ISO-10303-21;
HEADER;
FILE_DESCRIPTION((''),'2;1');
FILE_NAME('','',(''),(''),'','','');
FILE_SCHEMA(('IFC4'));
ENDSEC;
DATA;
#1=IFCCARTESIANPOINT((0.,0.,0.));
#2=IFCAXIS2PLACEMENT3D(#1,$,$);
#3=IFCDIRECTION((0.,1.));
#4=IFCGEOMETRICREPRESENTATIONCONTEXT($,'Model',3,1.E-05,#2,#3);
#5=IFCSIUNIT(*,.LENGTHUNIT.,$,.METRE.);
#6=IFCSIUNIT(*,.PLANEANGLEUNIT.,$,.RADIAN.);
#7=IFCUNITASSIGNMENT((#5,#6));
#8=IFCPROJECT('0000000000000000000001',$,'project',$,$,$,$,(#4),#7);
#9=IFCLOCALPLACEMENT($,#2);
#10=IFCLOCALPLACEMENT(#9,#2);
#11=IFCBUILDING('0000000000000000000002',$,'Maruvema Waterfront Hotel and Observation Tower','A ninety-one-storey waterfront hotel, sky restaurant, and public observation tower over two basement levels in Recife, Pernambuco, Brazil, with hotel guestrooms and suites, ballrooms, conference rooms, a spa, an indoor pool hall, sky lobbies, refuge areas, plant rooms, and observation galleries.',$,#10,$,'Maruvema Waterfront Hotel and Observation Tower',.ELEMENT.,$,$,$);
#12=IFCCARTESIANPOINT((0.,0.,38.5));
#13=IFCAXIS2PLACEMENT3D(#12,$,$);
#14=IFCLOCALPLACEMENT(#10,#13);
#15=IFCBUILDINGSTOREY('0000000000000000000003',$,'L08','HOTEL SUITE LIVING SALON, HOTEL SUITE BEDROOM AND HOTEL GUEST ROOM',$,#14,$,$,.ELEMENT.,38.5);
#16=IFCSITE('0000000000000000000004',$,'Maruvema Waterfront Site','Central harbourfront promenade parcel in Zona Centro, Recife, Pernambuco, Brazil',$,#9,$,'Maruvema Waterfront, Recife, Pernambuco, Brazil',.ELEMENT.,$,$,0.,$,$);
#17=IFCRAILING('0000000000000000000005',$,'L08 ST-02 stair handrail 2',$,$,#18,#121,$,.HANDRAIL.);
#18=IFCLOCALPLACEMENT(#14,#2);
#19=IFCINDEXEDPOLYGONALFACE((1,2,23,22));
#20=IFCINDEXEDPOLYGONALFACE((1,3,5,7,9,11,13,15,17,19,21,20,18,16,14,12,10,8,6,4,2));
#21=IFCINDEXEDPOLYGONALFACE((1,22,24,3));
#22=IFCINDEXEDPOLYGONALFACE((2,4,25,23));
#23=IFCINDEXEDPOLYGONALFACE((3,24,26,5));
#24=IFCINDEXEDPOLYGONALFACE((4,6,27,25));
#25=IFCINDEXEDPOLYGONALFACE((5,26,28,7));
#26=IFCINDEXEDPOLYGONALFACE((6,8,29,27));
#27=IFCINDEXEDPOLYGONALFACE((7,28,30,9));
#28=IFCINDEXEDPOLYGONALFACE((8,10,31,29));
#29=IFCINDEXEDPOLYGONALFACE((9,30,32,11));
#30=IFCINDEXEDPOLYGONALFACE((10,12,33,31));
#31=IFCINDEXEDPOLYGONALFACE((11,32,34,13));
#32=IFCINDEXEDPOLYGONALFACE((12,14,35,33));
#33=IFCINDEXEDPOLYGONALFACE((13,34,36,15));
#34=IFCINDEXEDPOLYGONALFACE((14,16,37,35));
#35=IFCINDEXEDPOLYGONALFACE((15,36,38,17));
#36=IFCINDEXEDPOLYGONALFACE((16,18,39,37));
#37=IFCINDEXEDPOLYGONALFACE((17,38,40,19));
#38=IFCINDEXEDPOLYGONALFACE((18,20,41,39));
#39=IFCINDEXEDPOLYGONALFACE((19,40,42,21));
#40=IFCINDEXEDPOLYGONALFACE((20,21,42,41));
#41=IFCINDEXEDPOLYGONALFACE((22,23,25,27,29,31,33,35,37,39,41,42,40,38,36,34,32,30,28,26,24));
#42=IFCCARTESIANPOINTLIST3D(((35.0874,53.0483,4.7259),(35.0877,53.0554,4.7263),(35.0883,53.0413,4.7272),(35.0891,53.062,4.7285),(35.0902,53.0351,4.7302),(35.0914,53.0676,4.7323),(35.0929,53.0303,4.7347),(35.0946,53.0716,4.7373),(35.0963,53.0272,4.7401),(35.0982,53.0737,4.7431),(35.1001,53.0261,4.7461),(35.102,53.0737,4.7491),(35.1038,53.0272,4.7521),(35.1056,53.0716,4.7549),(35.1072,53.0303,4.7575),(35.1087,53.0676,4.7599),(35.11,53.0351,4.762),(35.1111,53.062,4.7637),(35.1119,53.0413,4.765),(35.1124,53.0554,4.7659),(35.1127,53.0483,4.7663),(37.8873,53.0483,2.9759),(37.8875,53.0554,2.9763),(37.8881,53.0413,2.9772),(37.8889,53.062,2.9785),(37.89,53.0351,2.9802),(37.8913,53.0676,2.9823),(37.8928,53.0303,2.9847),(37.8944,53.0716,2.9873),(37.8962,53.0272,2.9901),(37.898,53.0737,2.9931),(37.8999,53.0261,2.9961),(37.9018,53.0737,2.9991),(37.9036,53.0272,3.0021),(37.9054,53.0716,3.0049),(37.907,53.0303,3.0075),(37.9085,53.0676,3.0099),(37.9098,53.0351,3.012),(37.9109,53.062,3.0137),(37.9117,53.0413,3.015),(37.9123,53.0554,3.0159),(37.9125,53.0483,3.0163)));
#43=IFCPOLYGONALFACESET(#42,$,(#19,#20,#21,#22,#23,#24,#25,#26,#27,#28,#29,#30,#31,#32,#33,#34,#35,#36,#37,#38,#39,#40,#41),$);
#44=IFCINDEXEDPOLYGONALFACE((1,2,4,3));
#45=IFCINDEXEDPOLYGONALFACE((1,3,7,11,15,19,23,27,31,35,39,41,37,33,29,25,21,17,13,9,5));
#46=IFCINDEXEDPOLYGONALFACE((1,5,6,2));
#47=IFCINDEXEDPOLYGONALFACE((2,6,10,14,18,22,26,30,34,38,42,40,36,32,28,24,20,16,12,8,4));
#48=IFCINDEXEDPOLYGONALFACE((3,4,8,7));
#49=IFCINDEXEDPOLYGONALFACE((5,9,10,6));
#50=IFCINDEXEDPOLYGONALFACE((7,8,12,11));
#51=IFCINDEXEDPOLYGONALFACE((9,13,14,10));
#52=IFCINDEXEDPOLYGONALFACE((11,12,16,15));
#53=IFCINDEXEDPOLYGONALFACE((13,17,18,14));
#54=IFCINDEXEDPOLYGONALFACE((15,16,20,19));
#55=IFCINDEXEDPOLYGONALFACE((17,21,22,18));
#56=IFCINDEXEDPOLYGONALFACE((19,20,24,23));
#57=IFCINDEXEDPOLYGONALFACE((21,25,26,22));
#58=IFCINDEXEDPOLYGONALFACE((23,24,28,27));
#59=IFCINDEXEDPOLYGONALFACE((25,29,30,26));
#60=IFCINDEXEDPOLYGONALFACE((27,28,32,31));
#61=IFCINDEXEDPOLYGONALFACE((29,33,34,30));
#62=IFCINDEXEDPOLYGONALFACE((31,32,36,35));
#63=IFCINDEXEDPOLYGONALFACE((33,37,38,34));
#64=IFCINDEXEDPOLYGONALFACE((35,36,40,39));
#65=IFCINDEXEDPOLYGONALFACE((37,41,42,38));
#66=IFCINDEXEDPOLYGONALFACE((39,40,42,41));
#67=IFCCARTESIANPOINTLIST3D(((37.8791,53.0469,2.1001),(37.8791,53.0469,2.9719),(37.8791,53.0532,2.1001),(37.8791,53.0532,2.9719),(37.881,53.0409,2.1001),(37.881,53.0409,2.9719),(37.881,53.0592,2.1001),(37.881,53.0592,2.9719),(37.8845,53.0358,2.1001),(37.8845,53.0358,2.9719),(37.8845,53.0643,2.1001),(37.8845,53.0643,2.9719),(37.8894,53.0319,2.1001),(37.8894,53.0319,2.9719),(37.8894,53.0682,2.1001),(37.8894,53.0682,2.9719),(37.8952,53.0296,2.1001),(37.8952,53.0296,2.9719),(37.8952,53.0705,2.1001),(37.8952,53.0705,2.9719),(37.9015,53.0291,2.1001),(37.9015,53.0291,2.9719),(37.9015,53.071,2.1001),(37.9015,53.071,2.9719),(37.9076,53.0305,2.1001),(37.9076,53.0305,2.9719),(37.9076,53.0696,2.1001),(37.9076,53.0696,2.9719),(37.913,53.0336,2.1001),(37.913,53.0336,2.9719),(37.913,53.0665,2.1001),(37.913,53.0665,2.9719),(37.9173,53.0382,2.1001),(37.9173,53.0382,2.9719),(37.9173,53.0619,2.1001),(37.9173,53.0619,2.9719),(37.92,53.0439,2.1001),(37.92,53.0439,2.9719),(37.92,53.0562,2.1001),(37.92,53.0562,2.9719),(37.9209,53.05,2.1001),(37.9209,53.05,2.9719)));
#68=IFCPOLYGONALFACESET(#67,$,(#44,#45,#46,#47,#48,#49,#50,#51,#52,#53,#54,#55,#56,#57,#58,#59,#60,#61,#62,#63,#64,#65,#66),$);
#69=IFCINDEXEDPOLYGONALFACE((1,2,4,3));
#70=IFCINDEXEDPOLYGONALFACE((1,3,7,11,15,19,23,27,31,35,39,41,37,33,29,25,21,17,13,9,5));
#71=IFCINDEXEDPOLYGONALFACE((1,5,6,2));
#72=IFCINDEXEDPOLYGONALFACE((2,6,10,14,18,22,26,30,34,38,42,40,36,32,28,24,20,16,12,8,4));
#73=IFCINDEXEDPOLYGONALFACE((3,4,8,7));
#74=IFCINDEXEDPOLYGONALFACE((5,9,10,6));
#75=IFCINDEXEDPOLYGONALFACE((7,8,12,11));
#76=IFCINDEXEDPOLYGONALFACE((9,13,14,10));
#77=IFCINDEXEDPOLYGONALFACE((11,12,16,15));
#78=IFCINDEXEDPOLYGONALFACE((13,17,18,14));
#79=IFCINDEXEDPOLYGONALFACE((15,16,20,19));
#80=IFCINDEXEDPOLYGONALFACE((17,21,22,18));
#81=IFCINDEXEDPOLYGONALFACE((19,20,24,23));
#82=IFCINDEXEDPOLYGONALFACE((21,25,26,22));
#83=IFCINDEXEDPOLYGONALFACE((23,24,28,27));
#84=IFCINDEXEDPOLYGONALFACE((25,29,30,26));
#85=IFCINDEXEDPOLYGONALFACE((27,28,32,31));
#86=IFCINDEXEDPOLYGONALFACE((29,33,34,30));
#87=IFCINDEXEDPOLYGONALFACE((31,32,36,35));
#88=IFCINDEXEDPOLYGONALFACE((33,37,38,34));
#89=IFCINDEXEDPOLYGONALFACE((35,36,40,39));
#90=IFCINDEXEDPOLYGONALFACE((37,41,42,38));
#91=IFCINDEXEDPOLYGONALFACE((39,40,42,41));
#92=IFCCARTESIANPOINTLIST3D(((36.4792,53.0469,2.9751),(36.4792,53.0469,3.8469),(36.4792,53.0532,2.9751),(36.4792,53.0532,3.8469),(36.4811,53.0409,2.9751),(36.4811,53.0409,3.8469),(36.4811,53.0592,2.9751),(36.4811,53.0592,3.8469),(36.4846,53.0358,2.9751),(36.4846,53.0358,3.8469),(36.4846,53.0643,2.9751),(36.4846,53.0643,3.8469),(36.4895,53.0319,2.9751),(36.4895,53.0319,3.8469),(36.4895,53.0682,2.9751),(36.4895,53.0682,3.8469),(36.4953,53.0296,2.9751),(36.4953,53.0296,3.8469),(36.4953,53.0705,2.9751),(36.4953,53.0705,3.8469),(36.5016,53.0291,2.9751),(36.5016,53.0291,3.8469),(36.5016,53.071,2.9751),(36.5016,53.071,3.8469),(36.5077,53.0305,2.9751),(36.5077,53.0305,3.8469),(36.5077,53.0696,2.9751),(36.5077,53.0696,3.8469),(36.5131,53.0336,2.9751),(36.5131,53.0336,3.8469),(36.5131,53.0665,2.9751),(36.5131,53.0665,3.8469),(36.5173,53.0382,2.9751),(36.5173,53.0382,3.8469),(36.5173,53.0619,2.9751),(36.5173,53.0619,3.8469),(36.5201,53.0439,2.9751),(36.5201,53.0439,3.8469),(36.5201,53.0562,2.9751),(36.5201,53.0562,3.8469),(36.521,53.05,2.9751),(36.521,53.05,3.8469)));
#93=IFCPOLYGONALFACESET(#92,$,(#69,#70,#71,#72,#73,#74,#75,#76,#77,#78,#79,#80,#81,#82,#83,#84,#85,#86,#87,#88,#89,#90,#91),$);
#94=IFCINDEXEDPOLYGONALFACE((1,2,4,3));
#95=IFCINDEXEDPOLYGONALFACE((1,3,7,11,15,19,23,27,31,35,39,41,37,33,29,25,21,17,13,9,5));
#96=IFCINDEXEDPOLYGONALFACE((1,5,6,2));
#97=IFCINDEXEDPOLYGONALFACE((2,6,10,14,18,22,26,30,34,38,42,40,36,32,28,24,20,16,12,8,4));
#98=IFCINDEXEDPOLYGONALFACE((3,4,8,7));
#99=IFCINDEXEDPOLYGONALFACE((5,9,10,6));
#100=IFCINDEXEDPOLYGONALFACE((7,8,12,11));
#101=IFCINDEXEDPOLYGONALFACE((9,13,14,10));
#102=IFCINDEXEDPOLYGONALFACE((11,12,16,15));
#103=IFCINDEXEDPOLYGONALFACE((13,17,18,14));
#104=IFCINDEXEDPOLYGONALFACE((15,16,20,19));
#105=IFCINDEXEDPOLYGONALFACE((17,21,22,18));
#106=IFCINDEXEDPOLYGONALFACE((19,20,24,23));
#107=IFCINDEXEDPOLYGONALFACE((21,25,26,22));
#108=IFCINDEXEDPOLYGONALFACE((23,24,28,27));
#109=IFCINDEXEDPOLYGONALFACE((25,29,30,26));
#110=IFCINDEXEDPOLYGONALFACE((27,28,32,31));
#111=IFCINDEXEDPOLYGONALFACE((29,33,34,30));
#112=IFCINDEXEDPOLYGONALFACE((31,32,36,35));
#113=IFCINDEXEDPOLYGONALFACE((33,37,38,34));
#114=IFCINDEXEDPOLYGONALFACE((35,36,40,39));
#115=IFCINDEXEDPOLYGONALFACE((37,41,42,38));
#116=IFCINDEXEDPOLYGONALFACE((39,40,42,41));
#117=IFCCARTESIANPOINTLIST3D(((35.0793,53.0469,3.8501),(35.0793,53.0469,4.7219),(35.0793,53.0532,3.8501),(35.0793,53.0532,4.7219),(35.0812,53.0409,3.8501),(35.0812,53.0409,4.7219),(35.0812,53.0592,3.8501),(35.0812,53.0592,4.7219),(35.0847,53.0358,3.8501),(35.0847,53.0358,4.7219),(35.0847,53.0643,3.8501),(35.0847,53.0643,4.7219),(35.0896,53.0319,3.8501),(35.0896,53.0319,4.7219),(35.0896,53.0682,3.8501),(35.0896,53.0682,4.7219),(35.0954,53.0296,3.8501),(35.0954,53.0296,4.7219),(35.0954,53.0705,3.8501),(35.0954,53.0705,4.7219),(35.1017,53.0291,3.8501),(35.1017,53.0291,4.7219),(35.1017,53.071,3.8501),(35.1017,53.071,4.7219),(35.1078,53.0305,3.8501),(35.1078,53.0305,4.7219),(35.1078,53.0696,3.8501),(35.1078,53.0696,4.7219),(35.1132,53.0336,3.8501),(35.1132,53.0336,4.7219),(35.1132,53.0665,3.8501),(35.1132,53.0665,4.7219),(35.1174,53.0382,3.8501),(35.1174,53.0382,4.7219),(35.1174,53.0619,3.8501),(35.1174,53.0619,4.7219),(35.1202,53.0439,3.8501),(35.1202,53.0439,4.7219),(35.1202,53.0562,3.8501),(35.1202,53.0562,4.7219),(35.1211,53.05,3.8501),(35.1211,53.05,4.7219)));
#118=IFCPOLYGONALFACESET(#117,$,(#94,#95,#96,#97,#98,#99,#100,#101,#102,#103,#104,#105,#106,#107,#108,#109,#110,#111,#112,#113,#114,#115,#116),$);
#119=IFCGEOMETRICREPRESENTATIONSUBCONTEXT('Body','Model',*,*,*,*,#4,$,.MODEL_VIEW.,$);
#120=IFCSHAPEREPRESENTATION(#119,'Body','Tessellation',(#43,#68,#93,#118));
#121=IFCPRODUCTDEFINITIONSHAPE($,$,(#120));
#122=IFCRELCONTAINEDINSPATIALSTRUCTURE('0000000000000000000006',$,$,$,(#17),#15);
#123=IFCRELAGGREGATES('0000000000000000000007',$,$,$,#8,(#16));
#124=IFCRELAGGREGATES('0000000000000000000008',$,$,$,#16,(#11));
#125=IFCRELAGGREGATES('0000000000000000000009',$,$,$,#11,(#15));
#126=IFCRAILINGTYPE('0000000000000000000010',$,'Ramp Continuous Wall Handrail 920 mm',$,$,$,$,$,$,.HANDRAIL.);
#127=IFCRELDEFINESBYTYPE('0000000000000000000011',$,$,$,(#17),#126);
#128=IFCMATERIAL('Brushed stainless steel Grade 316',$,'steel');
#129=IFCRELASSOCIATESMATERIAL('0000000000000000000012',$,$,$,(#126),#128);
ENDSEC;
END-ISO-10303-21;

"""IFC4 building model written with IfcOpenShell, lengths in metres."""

from ifc_helpers import new_model, si_unit, direction, frame, origin, origin_2d, place, context, subcontext, project, spatial, circle, extrude, material, type_object, element, save


model = new_model("IFC4")

# Units and contexts
model_context = context("Model", 3, precision=1e-05, world=origin(), true_north=direction((0.0, 1.0)))
body_context = subcontext(model_context, "Body", "Model", "MODEL_VIEW")
ifc_project = project(units=[si_unit("LENGTHUNIT", "METRE"), si_unit("PLANEANGLEUNIT", "RADIAN")], contexts=[model_context])

# Site, building, storey
site_placement = place(None, origin())
site = spatial("IfcSite", under=ifc_project, at=site_placement, Name="Maruvema Waterfront Site", Description="Central harbourfront promenade parcel in Zona Centro, Recife, Pernambuco, Brazil", LongName="Maruvema Waterfront, Recife, Pernambuco, Brazil", CompositionType="ELEMENT", RefElevation=0.0)
building_placement = place(site_placement, origin())
building = spatial("IfcBuilding", under=site, at=building_placement, Name="Maruvema Waterfront Hotel and Observation Tower", Description="A ninety-one-storey waterfront hotel, sky restaurant, and public observation tower over two basement levels in Recife, Pernambuco, Brazil, with hotel guestrooms and suites, ballrooms, conference rooms, a spa, an indoor pool hall, sky lobbies, refuge areas, plant rooms, and observation galleries.", LongName="Maruvema Waterfront Hotel and Observation Tower", CompositionType="ELEMENT")
storey_placement = place(building_placement, frame((0.0, 0.0, 38.5)))
storey = spatial("IfcBuildingStorey", under=building, at=storey_placement, Name="L08", Description="HOTEL SUITE LIVING SALON, HOTEL SUITE BEDROOM AND HOTEL GUEST ROOM", CompositionType="ELEMENT", Elevation=38.5)

# Railing
ifc_material_1 = material(Name="Brushed stainless steel Grade 316", Category="steel")
railing_type_1 = type_object("IfcRailingType", Name="Ramp Continuous Wall Handrail 920 mm", PredefinedType="HANDRAIL", material=ifc_material_1)
railing_1_placement = place(storey_placement, frame((37.8999, 53.05, 2.1001)))
element("IfcRailing", 1, at=railing_1_placement, inside=storey, type_object=railing_type_1, Name="L08 ST-02 stair handrail 2", PredefinedType="HANDRAIL", context=body_context, shape_type="SweptSolid", body=[
    extrude(circle(Radius=0.0239, at=origin_2d()), frame((0.0, 0.0, 0.896), z_axis=(-0.847982, 0.0, 0.530026), x_axis=(0.0, -1.0, 0.0)), (0.0, 0.0, 1.0), 3.3018),
    extrude(circle(Radius=0.021, at=origin_2d()), origin(), (0.0, 0.0, 1.0), 0.8718),
    extrude(circle(Radius=0.021, at=origin_2d()), frame((-1.3999, 0.0, 0.875)), (0.0, 0.0, 1.0), 0.8718),
    extrude(circle(Radius=0.021, at=origin_2d()), frame((-2.7998, 0.0, 1.75)), (0.0, 0.0, 1.0), 0.8718),
])

save(model, "model.ifc")
